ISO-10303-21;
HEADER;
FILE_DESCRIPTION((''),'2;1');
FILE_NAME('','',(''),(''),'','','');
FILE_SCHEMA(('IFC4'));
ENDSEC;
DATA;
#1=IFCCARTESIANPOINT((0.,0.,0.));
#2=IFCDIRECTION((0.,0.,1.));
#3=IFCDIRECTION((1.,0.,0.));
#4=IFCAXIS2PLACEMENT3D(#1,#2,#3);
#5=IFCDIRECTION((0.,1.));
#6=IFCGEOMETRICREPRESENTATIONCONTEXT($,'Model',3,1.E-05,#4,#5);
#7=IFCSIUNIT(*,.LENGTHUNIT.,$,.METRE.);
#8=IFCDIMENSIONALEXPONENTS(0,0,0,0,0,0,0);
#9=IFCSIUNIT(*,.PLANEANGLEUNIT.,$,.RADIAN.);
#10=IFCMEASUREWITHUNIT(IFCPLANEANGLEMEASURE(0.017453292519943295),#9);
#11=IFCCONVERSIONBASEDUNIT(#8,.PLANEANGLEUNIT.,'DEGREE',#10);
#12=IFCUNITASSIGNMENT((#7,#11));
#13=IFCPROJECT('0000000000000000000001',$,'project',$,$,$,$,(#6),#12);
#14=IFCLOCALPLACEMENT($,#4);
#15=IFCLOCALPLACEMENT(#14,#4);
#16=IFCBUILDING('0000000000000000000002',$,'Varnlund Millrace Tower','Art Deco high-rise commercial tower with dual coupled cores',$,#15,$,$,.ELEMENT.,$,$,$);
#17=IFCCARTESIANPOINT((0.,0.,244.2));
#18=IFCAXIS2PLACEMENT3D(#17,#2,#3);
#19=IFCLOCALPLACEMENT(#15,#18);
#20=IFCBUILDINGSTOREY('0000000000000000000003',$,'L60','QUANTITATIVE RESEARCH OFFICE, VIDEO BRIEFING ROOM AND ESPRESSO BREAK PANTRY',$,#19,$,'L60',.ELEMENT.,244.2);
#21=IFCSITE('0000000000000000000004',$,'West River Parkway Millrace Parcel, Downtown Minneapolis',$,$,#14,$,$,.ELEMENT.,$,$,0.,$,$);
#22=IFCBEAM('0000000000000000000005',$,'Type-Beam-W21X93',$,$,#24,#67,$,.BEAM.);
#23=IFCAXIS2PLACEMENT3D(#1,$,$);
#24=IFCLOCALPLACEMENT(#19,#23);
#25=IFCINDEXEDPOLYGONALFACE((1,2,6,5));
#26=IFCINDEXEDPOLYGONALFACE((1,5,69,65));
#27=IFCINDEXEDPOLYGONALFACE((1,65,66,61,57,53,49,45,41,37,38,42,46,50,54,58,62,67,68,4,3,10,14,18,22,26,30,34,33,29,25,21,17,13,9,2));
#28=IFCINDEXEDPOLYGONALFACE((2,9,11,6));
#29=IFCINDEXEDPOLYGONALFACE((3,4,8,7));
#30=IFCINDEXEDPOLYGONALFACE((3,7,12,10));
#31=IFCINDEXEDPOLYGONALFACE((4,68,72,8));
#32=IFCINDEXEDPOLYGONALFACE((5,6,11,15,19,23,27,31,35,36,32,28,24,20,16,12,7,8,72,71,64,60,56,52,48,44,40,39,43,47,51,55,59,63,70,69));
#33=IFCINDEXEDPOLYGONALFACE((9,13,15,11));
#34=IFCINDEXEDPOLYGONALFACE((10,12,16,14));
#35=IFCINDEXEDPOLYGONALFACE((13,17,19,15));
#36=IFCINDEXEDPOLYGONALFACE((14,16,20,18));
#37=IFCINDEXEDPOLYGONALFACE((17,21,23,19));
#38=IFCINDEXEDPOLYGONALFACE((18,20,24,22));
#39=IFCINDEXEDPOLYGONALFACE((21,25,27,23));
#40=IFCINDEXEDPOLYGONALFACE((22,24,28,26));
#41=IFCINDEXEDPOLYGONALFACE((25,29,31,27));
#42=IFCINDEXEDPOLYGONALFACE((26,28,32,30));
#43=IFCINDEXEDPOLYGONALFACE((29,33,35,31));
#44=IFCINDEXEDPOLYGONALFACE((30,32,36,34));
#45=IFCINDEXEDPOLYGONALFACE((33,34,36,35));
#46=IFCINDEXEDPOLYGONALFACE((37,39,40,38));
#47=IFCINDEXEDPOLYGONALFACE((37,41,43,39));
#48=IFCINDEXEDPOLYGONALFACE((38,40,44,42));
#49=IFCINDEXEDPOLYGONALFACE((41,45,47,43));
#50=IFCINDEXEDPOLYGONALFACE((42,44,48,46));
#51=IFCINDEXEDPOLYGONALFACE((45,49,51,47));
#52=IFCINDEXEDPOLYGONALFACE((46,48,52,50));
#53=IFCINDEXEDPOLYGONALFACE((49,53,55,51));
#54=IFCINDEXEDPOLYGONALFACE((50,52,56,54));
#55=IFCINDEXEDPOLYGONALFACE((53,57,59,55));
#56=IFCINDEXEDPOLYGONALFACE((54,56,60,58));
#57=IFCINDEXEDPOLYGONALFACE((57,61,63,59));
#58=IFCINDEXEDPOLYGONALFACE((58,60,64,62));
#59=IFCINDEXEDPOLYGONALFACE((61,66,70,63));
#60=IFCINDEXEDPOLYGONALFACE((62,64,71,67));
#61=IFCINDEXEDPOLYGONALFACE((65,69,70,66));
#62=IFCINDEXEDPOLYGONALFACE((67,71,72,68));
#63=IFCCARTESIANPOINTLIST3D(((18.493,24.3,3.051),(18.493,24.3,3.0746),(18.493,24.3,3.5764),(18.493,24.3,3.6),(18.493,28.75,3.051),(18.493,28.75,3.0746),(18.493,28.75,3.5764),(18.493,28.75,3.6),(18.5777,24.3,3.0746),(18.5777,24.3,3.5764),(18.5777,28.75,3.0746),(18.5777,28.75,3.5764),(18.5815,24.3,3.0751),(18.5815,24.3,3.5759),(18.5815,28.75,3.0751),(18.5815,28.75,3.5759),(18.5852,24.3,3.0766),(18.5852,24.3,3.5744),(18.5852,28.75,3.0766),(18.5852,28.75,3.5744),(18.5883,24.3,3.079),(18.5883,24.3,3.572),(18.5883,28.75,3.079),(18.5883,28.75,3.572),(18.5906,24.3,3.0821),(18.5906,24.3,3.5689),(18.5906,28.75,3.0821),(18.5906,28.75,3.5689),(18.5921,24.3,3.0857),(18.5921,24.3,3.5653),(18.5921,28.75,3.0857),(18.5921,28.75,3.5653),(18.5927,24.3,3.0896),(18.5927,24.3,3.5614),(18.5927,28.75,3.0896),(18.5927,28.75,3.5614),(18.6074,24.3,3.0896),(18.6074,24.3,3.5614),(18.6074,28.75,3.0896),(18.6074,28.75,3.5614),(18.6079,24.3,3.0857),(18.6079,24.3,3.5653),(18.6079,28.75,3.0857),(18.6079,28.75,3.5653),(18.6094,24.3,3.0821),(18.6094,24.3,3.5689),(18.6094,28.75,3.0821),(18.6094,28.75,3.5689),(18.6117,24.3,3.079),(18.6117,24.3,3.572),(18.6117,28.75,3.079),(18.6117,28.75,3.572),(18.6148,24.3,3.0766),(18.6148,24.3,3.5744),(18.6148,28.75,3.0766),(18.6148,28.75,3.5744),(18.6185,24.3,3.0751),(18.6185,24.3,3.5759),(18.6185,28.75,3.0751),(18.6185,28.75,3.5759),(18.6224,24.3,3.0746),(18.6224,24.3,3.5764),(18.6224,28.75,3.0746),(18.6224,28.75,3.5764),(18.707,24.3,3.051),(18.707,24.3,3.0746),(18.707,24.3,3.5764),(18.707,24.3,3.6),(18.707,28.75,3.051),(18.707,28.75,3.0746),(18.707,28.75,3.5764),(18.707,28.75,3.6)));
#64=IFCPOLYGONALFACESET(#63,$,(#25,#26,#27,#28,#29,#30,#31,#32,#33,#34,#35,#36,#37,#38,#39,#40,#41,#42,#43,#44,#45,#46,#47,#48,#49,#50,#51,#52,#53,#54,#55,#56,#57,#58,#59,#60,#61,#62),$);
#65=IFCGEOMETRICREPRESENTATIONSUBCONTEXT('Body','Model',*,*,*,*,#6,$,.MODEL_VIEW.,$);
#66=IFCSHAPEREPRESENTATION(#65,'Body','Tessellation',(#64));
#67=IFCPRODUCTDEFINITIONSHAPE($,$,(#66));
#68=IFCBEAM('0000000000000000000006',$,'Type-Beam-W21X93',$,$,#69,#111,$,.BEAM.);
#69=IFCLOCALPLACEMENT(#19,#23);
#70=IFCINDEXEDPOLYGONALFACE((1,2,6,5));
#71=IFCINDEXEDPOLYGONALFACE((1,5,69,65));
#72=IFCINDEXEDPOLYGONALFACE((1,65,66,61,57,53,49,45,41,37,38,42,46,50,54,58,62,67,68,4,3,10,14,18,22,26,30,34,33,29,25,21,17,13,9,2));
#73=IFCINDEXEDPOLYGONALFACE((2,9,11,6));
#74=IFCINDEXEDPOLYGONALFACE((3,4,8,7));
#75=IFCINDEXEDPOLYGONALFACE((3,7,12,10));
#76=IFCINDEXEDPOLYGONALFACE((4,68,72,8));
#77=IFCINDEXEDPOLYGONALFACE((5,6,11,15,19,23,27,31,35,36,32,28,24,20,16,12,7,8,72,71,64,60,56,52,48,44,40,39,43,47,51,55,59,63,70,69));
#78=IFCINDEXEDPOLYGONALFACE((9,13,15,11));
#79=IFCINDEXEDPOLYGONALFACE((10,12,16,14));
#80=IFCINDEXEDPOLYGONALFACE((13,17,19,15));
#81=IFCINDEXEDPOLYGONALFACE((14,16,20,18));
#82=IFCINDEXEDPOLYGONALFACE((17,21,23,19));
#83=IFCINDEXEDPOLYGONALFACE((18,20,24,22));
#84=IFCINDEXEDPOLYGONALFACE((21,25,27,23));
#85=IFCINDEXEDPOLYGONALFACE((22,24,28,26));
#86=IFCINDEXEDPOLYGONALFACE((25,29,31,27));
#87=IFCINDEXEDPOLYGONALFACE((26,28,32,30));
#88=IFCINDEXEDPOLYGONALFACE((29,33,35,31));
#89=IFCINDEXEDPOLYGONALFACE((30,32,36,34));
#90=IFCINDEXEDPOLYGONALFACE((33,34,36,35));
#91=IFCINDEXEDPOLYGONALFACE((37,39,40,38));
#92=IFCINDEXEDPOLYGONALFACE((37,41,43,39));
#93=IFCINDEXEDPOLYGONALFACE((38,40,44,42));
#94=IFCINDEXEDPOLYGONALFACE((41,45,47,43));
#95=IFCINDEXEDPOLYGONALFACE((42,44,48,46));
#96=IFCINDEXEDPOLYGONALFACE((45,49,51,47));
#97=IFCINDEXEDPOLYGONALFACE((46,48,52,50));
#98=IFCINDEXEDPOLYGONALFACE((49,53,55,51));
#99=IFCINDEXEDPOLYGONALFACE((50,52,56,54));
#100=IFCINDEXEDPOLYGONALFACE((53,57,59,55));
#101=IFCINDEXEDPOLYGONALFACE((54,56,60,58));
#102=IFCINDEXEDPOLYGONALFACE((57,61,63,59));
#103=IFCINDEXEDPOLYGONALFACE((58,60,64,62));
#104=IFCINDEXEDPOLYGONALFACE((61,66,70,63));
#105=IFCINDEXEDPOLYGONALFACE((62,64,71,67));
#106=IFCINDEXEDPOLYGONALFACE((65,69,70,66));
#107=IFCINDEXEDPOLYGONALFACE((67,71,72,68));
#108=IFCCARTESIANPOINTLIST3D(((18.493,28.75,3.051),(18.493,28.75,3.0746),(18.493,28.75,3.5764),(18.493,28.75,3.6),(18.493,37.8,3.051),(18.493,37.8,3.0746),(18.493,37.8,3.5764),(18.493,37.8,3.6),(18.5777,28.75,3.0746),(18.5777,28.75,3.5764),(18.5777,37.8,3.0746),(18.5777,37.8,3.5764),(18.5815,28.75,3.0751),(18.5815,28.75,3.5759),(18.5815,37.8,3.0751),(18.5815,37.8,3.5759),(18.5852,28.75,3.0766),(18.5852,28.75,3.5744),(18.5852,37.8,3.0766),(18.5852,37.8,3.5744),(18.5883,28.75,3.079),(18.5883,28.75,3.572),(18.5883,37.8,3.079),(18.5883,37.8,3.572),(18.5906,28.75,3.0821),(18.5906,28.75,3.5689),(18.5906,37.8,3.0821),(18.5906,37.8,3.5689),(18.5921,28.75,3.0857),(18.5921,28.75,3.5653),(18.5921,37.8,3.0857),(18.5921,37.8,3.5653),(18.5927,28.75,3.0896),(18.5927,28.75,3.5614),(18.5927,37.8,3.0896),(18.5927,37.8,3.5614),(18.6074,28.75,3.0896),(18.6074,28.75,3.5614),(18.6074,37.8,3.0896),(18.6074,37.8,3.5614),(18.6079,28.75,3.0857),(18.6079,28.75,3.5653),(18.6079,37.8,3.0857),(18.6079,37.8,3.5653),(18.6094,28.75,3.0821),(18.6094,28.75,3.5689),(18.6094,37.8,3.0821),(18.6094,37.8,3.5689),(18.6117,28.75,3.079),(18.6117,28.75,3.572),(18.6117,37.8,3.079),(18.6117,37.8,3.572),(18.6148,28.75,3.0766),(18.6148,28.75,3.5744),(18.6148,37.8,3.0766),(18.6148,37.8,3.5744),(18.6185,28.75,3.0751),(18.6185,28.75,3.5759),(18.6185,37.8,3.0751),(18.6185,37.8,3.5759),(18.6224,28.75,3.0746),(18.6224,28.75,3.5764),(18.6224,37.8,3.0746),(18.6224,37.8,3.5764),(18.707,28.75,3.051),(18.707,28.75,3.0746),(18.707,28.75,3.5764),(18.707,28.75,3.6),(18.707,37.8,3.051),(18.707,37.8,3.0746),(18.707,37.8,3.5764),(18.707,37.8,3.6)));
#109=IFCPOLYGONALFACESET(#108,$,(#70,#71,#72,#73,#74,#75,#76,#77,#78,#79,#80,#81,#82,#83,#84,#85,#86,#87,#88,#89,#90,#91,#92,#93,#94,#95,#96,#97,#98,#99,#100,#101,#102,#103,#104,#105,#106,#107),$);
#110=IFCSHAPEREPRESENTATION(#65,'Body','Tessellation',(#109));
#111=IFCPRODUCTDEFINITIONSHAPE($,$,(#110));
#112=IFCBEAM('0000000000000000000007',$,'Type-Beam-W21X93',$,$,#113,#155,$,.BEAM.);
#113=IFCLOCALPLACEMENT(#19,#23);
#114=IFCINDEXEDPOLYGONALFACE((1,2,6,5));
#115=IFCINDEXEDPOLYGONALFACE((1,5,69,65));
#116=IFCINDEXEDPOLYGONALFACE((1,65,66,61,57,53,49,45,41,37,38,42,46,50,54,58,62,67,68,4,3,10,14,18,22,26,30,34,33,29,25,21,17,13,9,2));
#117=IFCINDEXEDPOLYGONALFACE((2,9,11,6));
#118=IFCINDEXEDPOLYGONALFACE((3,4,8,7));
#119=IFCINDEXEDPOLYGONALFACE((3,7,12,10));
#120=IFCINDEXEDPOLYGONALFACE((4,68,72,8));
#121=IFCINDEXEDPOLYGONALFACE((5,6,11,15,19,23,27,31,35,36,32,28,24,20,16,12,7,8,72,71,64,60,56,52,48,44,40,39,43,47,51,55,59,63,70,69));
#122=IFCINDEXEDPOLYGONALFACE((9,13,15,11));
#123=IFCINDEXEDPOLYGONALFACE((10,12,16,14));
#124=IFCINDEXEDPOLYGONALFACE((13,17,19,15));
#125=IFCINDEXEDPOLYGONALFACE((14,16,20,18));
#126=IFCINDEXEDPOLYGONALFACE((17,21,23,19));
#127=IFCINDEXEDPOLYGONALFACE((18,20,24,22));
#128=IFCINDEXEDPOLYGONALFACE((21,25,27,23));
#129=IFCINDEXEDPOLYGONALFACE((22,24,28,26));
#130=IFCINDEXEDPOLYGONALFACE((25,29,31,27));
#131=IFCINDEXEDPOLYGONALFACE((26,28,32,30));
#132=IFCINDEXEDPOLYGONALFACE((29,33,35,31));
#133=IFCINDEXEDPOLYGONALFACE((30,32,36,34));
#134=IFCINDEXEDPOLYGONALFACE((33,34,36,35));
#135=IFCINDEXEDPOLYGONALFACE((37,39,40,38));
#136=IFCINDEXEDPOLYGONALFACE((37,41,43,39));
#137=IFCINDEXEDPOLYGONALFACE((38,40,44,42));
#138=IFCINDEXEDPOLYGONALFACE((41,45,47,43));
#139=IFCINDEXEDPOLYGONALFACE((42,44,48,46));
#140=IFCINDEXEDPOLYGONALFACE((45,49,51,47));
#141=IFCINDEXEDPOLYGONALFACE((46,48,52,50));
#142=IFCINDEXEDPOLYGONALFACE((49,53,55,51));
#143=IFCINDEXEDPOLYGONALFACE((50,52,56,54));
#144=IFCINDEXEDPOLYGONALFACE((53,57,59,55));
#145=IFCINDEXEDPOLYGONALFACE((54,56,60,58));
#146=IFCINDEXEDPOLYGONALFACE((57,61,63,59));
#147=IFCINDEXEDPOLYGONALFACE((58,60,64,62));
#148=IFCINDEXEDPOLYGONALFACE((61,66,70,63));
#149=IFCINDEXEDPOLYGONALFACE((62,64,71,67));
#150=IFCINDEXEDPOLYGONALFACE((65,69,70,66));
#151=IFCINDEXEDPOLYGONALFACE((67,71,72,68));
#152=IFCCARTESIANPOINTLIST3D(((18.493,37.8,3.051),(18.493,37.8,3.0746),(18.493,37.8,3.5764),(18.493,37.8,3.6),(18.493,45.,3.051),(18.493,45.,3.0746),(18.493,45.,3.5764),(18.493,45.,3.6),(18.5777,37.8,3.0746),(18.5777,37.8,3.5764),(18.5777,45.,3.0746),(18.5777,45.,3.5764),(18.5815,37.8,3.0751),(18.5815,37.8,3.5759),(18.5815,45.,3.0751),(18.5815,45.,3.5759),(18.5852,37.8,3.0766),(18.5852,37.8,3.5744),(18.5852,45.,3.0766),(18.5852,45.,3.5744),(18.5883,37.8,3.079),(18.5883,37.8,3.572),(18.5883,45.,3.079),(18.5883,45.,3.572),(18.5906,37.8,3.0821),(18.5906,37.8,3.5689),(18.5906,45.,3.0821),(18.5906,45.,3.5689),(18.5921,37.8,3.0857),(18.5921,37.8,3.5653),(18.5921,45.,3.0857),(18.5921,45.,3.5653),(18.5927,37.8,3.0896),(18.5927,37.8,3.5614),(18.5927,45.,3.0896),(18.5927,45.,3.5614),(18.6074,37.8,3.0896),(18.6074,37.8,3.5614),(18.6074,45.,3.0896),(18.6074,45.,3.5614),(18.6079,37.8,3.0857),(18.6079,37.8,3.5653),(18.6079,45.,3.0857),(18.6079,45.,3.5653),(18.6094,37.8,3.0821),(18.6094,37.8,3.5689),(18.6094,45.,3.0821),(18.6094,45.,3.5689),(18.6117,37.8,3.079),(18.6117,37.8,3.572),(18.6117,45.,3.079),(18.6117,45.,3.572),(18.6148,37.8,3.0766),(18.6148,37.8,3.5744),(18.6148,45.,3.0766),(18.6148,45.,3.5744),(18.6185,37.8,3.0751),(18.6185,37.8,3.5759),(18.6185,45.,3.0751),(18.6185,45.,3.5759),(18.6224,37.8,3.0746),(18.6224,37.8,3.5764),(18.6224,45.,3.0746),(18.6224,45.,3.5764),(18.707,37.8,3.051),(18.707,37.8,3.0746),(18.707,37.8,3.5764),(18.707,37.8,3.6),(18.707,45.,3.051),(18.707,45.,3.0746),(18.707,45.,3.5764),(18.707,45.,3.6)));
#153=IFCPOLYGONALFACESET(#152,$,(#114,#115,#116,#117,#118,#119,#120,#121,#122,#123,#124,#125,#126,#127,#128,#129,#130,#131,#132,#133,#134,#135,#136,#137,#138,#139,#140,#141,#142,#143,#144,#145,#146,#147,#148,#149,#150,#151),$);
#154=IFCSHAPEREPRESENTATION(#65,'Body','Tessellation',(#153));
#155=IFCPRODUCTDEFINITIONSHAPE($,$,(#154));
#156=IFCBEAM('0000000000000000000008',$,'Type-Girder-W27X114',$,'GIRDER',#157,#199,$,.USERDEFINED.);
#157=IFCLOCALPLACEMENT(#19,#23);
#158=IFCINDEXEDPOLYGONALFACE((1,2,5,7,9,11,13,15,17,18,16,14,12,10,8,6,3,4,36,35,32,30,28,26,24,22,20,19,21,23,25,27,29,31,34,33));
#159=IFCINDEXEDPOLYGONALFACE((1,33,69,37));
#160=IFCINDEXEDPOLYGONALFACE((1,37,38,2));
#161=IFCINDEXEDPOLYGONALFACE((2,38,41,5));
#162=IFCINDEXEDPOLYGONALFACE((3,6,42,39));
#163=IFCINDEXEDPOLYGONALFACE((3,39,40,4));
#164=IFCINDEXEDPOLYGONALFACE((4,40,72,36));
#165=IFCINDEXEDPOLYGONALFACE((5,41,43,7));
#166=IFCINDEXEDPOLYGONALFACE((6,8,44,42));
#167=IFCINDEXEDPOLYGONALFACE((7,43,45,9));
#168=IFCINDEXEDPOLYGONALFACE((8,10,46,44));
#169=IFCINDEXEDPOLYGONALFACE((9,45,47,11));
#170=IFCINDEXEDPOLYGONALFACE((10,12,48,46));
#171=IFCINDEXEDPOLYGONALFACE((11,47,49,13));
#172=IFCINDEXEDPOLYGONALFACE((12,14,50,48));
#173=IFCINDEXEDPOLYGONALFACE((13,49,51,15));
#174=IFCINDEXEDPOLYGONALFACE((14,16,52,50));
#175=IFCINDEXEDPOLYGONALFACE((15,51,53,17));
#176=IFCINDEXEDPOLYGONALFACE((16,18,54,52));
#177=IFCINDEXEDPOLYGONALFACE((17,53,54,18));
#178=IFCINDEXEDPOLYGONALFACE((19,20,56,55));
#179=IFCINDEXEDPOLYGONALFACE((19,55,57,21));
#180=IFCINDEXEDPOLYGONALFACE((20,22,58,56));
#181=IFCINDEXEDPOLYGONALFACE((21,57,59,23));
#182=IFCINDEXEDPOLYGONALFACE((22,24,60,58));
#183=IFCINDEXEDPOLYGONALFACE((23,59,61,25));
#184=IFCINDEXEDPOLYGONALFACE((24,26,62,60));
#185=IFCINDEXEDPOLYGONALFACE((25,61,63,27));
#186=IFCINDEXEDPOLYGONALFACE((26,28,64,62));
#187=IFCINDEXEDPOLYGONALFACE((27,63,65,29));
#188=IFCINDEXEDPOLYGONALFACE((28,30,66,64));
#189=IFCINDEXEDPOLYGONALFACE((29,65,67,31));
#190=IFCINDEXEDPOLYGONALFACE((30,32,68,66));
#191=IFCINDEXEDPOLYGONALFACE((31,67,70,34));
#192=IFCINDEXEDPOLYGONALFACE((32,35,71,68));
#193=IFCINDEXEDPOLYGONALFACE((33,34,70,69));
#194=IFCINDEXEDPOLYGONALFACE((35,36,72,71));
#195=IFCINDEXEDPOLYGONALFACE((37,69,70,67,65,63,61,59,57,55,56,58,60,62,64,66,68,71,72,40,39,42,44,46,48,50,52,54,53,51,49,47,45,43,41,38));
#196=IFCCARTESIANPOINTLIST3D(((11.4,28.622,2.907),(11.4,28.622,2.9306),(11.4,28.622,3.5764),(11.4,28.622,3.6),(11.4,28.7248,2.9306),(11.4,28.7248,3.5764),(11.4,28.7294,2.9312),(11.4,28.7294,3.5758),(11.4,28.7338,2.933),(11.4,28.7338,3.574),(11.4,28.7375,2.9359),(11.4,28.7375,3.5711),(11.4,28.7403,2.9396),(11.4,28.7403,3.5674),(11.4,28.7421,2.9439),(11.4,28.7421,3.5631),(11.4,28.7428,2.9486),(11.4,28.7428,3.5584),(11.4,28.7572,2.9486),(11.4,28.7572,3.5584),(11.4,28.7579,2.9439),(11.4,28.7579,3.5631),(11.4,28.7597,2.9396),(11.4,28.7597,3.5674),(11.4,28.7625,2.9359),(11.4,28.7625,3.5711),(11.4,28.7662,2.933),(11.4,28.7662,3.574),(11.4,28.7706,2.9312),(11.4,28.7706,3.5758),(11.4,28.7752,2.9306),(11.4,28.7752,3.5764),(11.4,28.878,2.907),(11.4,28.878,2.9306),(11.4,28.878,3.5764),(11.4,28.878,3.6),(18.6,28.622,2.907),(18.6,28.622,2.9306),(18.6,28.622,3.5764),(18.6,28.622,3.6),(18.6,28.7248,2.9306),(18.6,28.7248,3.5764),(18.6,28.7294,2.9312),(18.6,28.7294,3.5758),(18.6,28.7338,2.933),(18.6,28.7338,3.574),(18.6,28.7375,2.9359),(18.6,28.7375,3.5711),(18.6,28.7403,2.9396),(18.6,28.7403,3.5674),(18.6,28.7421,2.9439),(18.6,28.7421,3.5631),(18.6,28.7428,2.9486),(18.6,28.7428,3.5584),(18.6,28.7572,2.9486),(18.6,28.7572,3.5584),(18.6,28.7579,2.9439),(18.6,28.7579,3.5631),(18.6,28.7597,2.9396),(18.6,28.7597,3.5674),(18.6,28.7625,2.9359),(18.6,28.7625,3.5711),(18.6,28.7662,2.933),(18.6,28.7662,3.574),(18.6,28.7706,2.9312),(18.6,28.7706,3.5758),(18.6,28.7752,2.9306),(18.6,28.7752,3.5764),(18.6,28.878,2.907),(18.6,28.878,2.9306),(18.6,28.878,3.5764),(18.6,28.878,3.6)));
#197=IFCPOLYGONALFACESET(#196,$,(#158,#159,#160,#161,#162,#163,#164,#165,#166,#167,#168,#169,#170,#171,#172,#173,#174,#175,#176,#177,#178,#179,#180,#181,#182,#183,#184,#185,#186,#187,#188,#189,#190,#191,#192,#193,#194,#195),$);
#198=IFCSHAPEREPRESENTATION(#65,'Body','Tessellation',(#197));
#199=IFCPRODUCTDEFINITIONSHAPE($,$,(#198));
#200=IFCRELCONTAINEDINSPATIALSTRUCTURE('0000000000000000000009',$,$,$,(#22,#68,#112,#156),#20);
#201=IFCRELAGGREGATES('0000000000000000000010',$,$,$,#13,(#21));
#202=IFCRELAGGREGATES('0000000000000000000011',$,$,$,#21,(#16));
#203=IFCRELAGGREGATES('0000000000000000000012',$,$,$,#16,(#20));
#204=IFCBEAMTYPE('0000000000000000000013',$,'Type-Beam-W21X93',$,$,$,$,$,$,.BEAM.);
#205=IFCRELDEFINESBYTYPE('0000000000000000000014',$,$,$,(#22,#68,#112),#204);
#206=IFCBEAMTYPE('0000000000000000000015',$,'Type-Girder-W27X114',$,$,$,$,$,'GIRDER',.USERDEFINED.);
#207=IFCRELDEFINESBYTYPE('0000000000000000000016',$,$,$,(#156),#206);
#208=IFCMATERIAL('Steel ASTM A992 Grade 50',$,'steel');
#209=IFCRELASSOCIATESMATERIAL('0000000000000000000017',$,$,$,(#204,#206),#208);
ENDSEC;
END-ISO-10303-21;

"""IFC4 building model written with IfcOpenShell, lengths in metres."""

from ifc_helpers import new_model, entity, si_unit, converted_unit, direction, frame, origin_with_axes, origin_2d_with_axis, place, context, subcontext, project, spatial, i_section, extrude, material, material_profile, profile_set, type_object, element, save


model = new_model("IFC4")

# Units and contexts
model_context = context("Model", 3, precision=1e-05, world=origin_with_axes(), true_north=direction((0.0, 1.0)))
body_context = subcontext(model_context, "Body", "Model", "MODEL_VIEW")
ifc_project = project(units=[si_unit("LENGTHUNIT", "METRE"), converted_unit("PLANEANGLEUNIT", "DEGREE", entity("IfcPlaneAngleMeasure", 0.017453292519943295), si_unit("PLANEANGLEUNIT", "RADIAN"), dimensions=[0, 0, 0, 0, 0, 0, 0])], contexts=[model_context])

# Site, building, storey
site_placement = place(None, origin_with_axes())
site = spatial("IfcSite", under=ifc_project, at=site_placement, Name="West River Parkway Millrace Parcel, Downtown Minneapolis", CompositionType="ELEMENT", RefElevation=0.0)
building_placement = place(site_placement, origin_with_axes())
building = spatial("IfcBuilding", under=site, at=building_placement, Name="Varnlund Millrace Tower", Description="Art Deco high-rise commercial tower with dual coupled cores", CompositionType="ELEMENT")
storey_placement = place(building_placement, frame((0.0, 0.0, 244.2), z_axis=(0.0, 0.0, 1.0), x_axis=(1.0, 0.0, 0.0)))
storey = spatial("IfcBuildingStorey", under=building, at=storey_placement, Name="L60", Description="QUANTITATIVE RESEARCH OFFICE, VIDEO BRIEFING ROOM AND ESPRESSO BREAK PANTRY", LongName="L60", CompositionType="ELEMENT", Elevation=244.2)

# Beams
ifc_material_1 = material(Name="Steel ASTM A992 Grade 50", Category="steel")
ifc_material_profile_1 = material_profile(ifc_material_1, i_section(OverallWidth=0.214, OverallDepth=0.549, WebThickness=0.0147, FlangeThickness=0.0236, FilletRadius=0.015, at=origin_2d_with_axis()), Name="Steel ASTM A992 Grade 50")
ifc_profile_set_1 = profile_set([ifc_material_profile_1], Name="Steel ASTM A992 Grade 50")
beam_type_1 = type_object("IfcBeamType", Name="Type-Beam-W21X93", PredefinedType="BEAM", material=ifc_profile_set_1)
beam_1_placement = place(storey_placement, frame((18.6, 24.3, 3.3255), z_axis=(0.0, 1.0, 0.0), x_axis=(-1.0, 0.0, 0.0)))
element("IfcBeam", 1, at=beam_1_placement, inside=storey, type_object=beam_type_1, Name="Type-Beam-W21X93", PredefinedType="BEAM", context=body_context, shape_type="SweptSolid", body=[
    extrude(i_section(OverallWidth=0.214, OverallDepth=0.549, WebThickness=0.0147, FlangeThickness=0.0236, FilletRadius=0.015, at=origin_2d_with_axis()), origin_with_axes(), (0.0, 0.0, 1.0), 4.45),
])
beam_2_placement = place(storey_placement, frame((18.6, 28.75, 3.3255), z_axis=(0.0, 1.0, 0.0), x_axis=(-1.0, 0.0, 0.0)))
element("IfcBeam", 2, at=beam_2_placement, inside=storey, type_object=beam_type_1, Name="Type-Beam-W21X93", PredefinedType="BEAM", context=body_context, shape_type="SweptSolid", body=[
    extrude(i_section(OverallWidth=0.214, OverallDepth=0.549, WebThickness=0.0147, FlangeThickness=0.0236, FilletRadius=0.015, at=origin_2d_with_axis()), origin_with_axes(), (0.0, 0.0, 1.0), 9.05),
])
beam_3_placement = place(storey_placement, frame((18.6, 37.8, 3.3255), z_axis=(0.0, 1.0, 0.0), x_axis=(-1.0, 0.0, 0.0)))
element("IfcBeam", 3, at=beam_3_placement, inside=storey, type_object=beam_type_1, Name="Type-Beam-W21X93", PredefinedType="BEAM", context=body_context, shape_type="SweptSolid", body=[
    extrude(i_section(OverallWidth=0.214, OverallDepth=0.549, WebThickness=0.0147, FlangeThickness=0.0236, FilletRadius=0.015, at=origin_2d_with_axis()), origin_with_axes(), (0.0, 0.0, 1.0), 7.2),
])
ifc_material_profile_2 = material_profile(ifc_material_1, i_section(OverallWidth=0.256, OverallDepth=0.693, WebThickness=0.0145, FlangeThickness=0.0236, FilletRadius=0.018, at=origin_2d_with_axis()), Name="Steel ASTM A992 Grade 50")
ifc_profile_set_2 = profile_set([ifc_material_profile_2], Name="Steel ASTM A992 Grade 50")
beam_type_2 = type_object("IfcBeamType", Name="Type-Girder-W27X114", ElementType="GIRDER", PredefinedType="USERDEFINED", material=ifc_profile_set_2)
for number, where, z_axis, x_axis, name in (
    (4, (11.4, 28.75, 3.2535), (1.0, 0.0, 0.0), (0.0, 1.0, 0.0), "Type-Girder-W27X114"),
):
    element("IfcBeam", number, at=place(storey_placement, frame(where, z_axis=z_axis, x_axis=x_axis)), inside=storey, type_object=beam_type_2, Name=name, ObjectType="GIRDER", PredefinedType="USERDEFINED", context=body_context, shape_type="SweptSolid", body=[
        extrude(i_section(OverallWidth=0.256, OverallDepth=0.693, WebThickness=0.0145, FlangeThickness=0.0236, FilletRadius=0.018, at=origin_2d_with_axis()), origin_with_axes(), (0.0, 0.0, 1.0), 7.2),
    ])

save(model, "model.ifc")
